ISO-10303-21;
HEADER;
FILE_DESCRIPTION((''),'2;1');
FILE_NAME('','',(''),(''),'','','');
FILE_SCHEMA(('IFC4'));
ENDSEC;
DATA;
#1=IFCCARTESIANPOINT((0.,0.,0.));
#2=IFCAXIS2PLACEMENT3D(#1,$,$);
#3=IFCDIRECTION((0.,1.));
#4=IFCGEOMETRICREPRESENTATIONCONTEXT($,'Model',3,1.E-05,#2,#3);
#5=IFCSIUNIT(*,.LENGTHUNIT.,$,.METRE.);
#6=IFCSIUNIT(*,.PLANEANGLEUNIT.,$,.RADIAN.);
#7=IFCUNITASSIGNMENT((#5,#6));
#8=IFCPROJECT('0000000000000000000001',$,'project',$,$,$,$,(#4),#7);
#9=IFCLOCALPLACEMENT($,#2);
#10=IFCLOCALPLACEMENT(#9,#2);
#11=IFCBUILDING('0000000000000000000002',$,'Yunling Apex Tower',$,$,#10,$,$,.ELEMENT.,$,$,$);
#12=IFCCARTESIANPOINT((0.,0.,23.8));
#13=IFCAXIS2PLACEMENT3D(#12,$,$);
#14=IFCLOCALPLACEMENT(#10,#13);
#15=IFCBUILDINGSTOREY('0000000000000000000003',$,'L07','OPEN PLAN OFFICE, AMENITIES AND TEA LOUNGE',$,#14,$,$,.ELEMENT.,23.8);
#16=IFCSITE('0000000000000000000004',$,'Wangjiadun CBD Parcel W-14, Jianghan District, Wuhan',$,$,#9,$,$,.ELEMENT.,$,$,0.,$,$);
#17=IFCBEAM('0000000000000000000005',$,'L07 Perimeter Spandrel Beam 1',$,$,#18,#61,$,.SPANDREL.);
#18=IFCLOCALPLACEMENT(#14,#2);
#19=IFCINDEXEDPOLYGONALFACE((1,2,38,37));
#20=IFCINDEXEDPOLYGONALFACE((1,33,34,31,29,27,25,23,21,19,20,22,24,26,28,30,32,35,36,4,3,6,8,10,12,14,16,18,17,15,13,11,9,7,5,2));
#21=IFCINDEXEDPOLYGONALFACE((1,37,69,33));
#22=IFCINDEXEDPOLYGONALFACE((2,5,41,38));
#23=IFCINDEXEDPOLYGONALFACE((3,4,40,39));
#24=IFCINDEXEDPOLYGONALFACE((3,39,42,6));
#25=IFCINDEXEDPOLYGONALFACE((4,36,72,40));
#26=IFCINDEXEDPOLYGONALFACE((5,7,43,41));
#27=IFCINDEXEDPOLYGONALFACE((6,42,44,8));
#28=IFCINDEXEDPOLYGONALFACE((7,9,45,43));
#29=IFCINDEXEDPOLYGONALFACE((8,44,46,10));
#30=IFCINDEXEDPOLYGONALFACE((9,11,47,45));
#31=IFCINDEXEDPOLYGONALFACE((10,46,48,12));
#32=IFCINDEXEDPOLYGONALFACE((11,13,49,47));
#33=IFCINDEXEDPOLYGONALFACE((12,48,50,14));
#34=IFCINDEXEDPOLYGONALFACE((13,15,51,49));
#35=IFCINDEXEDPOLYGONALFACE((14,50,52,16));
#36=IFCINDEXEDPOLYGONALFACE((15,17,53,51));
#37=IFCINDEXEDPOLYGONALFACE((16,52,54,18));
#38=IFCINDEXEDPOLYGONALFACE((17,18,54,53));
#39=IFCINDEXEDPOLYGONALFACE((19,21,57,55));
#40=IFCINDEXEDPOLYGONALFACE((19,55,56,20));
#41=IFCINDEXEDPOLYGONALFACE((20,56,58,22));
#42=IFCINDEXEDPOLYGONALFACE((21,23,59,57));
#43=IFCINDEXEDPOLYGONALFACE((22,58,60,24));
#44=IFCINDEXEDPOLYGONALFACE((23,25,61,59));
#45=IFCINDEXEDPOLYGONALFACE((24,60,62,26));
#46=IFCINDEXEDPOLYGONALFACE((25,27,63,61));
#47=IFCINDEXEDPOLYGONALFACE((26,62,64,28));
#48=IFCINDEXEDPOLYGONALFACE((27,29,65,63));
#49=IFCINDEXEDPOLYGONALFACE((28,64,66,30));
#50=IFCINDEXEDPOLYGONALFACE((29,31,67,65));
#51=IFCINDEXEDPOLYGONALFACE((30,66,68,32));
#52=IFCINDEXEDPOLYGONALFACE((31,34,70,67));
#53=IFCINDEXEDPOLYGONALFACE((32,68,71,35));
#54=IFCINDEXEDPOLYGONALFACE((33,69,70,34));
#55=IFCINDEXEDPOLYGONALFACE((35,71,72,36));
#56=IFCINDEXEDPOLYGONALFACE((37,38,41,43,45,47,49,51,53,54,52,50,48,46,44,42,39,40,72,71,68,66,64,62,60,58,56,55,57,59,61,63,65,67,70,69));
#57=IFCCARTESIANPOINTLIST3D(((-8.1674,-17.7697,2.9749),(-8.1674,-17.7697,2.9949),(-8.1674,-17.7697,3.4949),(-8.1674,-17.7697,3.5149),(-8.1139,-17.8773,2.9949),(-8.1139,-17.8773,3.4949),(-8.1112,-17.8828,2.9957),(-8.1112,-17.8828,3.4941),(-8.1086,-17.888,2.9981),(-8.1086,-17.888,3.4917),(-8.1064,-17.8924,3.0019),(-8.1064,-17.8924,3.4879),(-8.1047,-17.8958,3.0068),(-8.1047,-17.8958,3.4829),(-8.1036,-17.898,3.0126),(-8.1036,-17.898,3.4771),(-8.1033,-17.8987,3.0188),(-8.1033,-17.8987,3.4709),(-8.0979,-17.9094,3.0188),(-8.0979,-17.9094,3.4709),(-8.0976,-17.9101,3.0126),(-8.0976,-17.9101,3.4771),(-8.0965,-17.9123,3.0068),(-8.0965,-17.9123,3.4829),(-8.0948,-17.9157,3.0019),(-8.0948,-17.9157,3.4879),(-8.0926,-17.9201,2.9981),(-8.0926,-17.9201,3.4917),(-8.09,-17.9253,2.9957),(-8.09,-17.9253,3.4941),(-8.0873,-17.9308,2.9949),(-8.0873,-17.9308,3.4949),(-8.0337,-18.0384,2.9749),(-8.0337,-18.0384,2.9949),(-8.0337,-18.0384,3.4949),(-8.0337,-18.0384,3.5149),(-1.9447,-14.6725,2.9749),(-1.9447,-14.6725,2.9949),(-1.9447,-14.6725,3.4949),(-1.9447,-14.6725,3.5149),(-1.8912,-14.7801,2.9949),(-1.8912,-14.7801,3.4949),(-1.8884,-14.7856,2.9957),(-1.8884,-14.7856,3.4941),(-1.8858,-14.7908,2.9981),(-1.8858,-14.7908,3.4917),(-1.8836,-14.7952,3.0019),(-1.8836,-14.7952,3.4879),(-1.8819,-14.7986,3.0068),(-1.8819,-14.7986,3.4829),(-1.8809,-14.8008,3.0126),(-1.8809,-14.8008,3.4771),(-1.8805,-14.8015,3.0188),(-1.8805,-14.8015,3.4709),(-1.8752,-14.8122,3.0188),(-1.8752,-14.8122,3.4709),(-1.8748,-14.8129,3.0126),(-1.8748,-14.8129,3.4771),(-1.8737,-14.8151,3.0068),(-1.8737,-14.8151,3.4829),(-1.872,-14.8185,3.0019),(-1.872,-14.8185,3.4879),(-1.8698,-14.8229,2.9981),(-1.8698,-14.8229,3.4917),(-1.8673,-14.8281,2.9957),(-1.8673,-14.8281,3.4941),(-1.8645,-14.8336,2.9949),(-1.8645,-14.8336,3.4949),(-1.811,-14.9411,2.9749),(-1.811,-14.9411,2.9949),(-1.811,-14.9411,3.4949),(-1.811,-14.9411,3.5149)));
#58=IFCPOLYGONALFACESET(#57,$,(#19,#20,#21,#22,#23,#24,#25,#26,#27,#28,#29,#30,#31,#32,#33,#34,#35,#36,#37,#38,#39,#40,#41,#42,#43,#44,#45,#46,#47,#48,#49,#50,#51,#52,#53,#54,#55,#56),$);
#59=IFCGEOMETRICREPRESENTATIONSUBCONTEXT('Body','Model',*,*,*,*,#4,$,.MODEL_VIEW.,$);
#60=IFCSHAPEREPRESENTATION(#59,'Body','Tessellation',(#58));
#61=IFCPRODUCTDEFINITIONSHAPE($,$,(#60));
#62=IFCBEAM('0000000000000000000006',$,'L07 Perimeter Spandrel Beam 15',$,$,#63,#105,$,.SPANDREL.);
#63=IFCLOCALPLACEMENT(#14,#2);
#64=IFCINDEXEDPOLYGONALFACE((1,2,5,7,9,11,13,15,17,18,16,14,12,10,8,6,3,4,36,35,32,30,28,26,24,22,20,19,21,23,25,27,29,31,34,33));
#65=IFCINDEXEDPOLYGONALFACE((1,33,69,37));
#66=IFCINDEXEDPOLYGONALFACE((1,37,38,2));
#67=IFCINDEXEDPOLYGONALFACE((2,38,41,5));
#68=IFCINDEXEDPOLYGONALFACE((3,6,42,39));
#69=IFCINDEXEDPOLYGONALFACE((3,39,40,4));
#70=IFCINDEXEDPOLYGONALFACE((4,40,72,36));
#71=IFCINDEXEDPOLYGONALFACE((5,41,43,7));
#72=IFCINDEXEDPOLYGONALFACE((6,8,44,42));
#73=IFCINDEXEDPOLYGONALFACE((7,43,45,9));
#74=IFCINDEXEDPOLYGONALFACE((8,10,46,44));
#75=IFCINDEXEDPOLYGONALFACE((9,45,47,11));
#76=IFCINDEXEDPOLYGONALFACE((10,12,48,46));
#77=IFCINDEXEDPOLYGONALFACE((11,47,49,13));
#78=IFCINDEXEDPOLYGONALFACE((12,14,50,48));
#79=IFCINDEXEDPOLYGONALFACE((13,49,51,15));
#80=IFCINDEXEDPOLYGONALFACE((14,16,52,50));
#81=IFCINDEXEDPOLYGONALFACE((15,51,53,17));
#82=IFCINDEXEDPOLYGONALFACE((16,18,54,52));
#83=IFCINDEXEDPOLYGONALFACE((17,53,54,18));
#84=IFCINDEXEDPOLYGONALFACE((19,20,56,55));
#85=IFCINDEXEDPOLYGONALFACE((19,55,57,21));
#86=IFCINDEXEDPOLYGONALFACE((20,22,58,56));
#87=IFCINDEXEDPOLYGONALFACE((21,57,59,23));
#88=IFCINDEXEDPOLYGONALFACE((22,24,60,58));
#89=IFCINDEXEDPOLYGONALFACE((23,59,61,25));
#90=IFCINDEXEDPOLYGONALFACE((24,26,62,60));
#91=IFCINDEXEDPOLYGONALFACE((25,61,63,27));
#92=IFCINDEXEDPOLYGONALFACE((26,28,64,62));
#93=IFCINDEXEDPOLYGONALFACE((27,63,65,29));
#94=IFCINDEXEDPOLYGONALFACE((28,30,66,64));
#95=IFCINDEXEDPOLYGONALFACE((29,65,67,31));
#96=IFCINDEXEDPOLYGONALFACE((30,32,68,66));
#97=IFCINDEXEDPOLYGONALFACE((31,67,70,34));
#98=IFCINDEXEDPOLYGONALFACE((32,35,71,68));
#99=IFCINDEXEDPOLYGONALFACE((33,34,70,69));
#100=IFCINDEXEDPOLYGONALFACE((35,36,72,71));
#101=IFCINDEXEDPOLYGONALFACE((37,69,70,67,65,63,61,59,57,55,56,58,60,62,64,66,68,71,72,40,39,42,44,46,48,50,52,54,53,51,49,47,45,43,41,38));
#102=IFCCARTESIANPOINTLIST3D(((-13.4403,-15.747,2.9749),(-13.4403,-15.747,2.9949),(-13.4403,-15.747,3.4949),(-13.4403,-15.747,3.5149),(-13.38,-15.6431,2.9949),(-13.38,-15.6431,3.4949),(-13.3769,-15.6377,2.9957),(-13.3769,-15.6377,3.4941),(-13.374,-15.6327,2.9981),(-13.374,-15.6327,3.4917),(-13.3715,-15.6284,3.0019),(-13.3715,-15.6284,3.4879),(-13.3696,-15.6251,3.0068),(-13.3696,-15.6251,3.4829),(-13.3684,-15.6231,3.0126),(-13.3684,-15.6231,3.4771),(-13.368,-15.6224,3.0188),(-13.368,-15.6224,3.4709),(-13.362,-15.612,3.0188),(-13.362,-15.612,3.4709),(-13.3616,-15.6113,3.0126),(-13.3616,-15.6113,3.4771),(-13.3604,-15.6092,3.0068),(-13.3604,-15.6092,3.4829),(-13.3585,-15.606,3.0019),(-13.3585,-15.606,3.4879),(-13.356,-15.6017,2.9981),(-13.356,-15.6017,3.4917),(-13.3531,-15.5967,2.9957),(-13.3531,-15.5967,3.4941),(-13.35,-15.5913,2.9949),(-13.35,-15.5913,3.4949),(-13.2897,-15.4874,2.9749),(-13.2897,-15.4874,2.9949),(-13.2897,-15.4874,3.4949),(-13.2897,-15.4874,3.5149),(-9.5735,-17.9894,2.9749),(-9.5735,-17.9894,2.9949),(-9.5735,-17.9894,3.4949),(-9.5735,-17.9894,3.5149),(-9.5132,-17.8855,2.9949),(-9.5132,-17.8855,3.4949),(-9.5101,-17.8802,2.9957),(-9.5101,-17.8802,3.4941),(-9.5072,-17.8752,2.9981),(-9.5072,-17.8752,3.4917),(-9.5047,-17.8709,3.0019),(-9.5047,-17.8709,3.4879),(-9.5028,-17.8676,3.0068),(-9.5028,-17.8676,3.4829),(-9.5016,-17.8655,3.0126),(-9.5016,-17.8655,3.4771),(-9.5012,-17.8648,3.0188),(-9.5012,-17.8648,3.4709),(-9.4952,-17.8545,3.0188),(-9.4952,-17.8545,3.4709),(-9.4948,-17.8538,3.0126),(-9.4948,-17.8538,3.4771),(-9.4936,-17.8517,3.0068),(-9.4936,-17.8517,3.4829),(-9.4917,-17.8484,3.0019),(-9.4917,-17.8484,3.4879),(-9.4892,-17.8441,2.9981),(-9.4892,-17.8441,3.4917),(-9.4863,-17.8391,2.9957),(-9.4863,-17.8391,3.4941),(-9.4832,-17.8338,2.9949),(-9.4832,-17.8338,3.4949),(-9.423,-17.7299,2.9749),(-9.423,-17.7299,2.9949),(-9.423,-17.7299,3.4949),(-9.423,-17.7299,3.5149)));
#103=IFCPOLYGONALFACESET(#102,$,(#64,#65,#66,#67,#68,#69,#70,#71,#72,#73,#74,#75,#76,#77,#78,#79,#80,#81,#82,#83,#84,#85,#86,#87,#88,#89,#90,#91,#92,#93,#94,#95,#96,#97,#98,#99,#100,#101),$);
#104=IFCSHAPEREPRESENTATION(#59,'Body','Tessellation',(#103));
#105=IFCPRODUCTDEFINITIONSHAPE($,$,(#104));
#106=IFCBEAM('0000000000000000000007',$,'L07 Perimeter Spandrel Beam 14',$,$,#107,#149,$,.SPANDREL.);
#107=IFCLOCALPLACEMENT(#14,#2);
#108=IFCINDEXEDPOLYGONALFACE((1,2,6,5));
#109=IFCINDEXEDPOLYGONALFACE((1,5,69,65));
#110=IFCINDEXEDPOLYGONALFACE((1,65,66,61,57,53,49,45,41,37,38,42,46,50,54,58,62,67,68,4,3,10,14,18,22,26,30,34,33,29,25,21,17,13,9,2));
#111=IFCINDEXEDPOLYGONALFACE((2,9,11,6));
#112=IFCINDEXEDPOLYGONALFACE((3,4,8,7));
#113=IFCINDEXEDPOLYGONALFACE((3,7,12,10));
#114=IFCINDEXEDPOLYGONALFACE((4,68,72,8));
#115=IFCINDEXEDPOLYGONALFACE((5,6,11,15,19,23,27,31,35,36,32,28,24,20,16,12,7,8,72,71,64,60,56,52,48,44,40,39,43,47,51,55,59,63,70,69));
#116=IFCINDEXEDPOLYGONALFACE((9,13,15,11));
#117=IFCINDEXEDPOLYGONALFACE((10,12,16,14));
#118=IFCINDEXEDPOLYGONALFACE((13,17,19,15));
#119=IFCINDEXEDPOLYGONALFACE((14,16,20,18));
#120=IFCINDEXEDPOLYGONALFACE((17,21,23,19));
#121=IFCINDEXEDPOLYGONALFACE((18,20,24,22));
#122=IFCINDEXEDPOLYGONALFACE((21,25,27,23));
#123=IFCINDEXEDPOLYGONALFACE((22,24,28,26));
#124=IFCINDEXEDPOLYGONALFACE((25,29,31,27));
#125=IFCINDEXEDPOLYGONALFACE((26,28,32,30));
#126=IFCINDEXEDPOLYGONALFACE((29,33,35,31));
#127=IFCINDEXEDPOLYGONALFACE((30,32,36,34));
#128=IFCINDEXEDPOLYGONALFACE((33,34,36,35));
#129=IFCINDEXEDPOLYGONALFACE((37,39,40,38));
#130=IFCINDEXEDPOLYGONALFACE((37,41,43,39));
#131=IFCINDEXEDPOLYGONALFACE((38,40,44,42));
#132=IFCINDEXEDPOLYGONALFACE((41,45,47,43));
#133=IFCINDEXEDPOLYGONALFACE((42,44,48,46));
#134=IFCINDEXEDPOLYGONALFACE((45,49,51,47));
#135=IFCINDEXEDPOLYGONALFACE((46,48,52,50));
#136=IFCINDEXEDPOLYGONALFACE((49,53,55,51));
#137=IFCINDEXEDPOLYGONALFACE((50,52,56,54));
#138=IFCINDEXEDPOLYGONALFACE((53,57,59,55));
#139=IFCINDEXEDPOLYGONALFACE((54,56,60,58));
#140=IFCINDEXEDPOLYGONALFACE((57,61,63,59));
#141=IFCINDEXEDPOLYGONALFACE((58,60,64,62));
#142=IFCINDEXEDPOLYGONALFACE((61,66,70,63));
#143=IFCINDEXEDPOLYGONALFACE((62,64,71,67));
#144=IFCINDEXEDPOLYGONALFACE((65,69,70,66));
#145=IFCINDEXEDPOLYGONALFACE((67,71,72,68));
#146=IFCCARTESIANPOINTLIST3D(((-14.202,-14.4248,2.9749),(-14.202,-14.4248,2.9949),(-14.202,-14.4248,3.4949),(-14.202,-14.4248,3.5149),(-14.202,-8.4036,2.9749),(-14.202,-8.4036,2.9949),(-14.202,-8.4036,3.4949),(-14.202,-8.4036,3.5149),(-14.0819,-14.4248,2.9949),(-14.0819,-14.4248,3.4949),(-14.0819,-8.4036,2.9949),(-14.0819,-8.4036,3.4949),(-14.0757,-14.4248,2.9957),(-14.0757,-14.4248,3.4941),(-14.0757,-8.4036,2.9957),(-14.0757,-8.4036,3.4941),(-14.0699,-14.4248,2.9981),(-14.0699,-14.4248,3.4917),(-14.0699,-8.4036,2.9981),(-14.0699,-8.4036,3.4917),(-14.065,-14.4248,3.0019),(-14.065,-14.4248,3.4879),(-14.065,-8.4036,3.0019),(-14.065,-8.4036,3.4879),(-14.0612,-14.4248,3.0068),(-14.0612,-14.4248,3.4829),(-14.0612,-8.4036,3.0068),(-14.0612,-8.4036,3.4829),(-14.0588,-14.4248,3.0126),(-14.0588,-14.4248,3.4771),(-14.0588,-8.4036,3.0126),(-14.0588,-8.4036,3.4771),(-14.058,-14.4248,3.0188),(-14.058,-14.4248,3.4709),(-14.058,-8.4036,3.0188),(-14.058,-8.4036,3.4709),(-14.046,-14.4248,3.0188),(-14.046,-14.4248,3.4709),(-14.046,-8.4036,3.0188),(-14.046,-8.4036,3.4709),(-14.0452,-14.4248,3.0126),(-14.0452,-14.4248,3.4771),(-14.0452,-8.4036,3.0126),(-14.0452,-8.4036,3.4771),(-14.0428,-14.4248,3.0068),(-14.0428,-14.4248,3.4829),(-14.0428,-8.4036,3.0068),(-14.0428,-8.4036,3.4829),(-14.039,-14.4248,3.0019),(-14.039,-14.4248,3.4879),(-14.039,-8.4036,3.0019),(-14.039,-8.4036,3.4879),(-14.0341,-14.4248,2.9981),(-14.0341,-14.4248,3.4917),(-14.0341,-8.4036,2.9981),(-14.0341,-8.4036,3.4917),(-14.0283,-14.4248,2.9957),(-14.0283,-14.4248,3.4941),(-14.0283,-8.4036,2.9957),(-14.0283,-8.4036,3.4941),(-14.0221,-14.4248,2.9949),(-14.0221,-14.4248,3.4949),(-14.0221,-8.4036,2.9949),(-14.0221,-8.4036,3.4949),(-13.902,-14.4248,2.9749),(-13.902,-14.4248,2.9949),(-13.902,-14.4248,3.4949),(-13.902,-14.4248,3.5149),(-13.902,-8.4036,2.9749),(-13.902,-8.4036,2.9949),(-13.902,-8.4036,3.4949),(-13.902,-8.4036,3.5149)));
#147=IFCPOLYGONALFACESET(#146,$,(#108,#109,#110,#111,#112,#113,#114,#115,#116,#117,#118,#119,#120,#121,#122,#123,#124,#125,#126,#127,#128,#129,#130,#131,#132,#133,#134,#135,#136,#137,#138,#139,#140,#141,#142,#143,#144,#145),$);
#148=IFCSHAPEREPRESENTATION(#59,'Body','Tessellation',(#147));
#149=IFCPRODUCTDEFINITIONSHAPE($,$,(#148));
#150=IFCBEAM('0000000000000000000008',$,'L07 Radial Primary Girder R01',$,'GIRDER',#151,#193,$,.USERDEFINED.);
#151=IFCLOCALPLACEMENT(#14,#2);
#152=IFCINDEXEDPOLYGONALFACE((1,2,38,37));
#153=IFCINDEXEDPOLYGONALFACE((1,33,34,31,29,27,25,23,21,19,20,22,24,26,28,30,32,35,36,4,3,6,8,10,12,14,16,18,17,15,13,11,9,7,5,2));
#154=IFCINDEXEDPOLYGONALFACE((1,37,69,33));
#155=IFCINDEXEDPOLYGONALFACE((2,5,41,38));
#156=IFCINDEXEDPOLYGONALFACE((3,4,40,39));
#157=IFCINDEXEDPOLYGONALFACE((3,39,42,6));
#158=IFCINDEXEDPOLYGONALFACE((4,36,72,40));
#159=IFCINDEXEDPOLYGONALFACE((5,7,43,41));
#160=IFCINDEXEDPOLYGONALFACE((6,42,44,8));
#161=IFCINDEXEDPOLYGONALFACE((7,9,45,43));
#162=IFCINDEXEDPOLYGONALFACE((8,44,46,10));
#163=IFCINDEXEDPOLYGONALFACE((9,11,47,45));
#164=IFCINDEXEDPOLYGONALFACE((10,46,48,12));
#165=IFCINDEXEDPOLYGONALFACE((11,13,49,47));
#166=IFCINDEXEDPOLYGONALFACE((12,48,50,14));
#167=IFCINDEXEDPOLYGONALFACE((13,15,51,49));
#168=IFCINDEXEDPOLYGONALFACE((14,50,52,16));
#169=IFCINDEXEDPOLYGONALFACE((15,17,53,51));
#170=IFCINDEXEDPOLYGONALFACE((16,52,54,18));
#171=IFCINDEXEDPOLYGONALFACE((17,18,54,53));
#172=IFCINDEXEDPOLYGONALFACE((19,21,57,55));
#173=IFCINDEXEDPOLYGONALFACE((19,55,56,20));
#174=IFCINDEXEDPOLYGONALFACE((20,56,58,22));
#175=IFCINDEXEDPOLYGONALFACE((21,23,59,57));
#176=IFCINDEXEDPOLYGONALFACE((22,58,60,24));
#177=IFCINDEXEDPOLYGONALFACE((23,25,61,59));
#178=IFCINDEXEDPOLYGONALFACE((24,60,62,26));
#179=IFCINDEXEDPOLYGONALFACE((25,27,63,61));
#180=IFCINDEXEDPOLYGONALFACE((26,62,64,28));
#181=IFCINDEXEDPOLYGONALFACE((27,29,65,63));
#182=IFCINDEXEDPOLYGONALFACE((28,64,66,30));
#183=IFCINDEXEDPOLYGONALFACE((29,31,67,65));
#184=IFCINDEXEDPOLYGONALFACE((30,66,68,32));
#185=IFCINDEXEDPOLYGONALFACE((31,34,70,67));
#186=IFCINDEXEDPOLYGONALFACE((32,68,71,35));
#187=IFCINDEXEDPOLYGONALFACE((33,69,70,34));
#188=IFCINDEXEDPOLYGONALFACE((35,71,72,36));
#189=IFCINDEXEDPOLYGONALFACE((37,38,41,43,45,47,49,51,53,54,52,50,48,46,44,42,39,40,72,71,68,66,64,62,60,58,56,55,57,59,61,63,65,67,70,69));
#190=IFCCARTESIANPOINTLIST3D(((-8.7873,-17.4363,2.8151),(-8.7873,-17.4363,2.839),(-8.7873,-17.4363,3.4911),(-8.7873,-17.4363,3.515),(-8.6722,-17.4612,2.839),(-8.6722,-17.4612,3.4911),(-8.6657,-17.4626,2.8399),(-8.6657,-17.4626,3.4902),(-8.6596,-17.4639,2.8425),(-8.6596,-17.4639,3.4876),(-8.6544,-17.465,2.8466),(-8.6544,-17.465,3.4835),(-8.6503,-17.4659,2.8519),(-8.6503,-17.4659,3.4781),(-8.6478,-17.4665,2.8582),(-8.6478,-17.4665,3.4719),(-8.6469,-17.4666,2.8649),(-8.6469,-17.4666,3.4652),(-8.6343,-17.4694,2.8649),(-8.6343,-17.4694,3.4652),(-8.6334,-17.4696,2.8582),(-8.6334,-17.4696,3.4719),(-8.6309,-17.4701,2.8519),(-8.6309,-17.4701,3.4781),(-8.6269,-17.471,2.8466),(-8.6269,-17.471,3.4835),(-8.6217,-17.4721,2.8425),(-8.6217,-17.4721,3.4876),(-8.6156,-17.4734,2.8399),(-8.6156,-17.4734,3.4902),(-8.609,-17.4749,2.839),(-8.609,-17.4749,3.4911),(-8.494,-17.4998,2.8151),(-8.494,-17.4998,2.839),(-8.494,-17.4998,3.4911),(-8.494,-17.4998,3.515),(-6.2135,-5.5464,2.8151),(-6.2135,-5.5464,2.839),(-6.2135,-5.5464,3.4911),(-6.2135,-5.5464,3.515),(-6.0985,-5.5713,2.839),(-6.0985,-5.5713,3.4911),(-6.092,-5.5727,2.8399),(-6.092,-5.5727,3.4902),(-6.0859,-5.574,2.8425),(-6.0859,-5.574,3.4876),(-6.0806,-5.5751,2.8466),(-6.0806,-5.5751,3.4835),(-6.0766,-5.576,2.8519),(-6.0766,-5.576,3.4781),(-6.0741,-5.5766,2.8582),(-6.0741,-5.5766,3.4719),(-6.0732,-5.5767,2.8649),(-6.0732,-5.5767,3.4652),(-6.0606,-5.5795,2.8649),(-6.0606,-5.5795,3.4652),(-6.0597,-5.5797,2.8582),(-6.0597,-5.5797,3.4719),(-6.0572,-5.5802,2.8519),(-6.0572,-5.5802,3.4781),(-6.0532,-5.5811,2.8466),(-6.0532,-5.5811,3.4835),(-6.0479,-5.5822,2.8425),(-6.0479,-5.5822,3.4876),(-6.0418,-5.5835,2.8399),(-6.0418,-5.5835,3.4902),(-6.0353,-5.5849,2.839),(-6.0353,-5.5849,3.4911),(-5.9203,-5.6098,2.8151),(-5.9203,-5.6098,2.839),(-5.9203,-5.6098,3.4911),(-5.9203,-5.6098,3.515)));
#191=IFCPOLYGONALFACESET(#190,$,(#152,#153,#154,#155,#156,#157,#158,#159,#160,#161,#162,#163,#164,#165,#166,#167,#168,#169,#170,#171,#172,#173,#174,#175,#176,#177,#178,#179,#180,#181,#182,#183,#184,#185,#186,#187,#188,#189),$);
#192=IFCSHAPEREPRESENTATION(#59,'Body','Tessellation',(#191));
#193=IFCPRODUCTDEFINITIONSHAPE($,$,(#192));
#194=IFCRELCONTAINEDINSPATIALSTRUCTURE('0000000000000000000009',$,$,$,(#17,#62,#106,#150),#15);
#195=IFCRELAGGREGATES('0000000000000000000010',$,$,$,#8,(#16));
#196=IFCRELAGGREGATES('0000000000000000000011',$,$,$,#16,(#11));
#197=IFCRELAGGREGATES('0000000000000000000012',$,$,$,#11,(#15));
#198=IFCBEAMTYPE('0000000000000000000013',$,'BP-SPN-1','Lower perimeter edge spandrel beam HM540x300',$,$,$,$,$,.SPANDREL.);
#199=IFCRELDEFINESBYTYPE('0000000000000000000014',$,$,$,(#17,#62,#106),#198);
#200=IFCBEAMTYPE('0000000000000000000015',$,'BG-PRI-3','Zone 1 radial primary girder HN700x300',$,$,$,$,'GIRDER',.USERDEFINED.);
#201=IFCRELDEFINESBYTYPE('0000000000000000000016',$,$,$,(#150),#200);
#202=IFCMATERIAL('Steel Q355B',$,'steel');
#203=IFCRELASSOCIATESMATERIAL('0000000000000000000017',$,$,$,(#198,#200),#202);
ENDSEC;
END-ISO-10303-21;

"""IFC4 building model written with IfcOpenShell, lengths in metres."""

from ifc_helpers import new_model, si_unit, direction, frame, origin, origin_2d, place, context, subcontext, project, spatial, i_section, extrude, source, transform, mapped, material, material_profile, profile_set, type_object, element, save


model = new_model("IFC4")

# Units and contexts
model_context = context("Model", 3, precision=1e-05, world=origin(), true_north=direction((0.0, 1.0)))
body_context = subcontext(model_context, "Body", "Model", "MODEL_VIEW")
ifc_project = project(units=[si_unit("LENGTHUNIT", "METRE"), si_unit("PLANEANGLEUNIT", "RADIAN")], contexts=[model_context])

# Site, building, storey
site_placement = place(None, origin())
site = spatial("IfcSite", under=ifc_project, at=site_placement, Name="Wangjiadun CBD Parcel W-14, Jianghan District, Wuhan", CompositionType="ELEMENT", RefElevation=0.0)
building_placement = place(site_placement, origin())
building = spatial("IfcBuilding", under=site, at=building_placement, Name="Yunling Apex Tower", CompositionType="ELEMENT")
storey_placement = place(building_placement, frame((0.0, 0.0, 23.8)))
storey = spatial("IfcBuildingStorey", under=building, at=storey_placement, Name="L07", Description="OPEN PLAN OFFICE, AMENITIES AND TEA LOUNGE", CompositionType="ELEMENT", Elevation=23.8)

# Beams
ifc_material_1 = material(Name="Steel Q355B", Category="steel")
ifc_material_profile_1 = material_profile(ifc_material_1, i_section(OverallWidth=0.3, OverallDepth=0.54, WebThickness=0.012, FlangeThickness=0.02, FilletRadius=0.0239, at=origin_2d()))
ifc_profile_set_1 = profile_set([ifc_material_profile_1], Name="Steel Q355B")
beam_type_1 = type_object("IfcBeamType", Name="BP-SPN-1", Description="Lower perimeter edge spandrel beam HM540x300", PredefinedType="SPANDREL", material=ifc_profile_set_1)
shared_shape_1 = source(origin(), body_context, "Body", "SweptSolid", [
    extrude(i_section(OverallWidth=0.3, OverallDepth=0.54, WebThickness=0.012, FlangeThickness=0.02, FilletRadius=0.0239, at=origin_2d()), origin(), (0.0, 0.0, 1.0), 6.9509),
])
beam_1_placement = place(storey_placement, frame((-8.1006, -17.9041, 3.2449), z_axis=(0.895241, 0.445583, 0.0), x_axis=(-0.445583, 0.895241, 0.0)))
element("IfcBeam", 1, at=beam_1_placement, inside=storey, type_object=beam_type_1, Name="L07 Perimeter Spandrel Beam 1", PredefinedType="SPANDREL", context=body_context, shape_type="MappedRepresentation", body=[
    mapped(shared_shape_1, transform((0.0, 0.0, 0.0), scale=1.0)),
])
shared_shape_2 = source(origin(), body_context, "Body", "SweptSolid", [
    extrude(i_section(OverallWidth=0.3, OverallDepth=0.54, WebThickness=0.012, FlangeThickness=0.02, FilletRadius=0.0239, at=origin_2d()), origin(), (0.0, 0.0, 1.0), 4.47),
])
beam_2_placement = place(storey_placement, frame((-13.365, -15.6172, 3.2449), z_axis=(0.865056, -0.501676, 0.0), x_axis=(0.501676, 0.865056, 0.0)))
element("IfcBeam", 2, at=beam_2_placement, inside=storey, type_object=beam_type_1, Name="L07 Perimeter Spandrel Beam 15", PredefinedType="SPANDREL", context=body_context, shape_type="MappedRepresentation", body=[
    mapped(shared_shape_2, transform((0.0, 0.0, 0.0), scale=1.0)),
])
shared_shape_3 = source(origin(), body_context, "Body", "SweptSolid", [
    extrude(i_section(OverallWidth=0.3, OverallDepth=0.54, WebThickness=0.012, FlangeThickness=0.02, FilletRadius=0.0239, at=origin_2d()), origin(), (0.0, 0.0, 1.0), 6.0212),
])
beam_3_placement = place(storey_placement, frame((-14.052, -8.4036, 3.2449), z_axis=(0.0, -1.0, 0.0), x_axis=(1.0, 0.0, 0.0)))
element("IfcBeam", 3, at=beam_3_placement, inside=storey, type_object=beam_type_1, Name="L07 Perimeter Spandrel Beam 14", PredefinedType="SPANDREL", context=body_context, shape_type="MappedRepresentation", body=[
    mapped(shared_shape_3, transform((0.0, 0.0, 0.0), scale=1.0)),
])
ifc_material_profile_2 = material_profile(ifc_material_1, i_section(OverallWidth=0.3, OverallDepth=0.7, WebThickness=0.0129, FlangeThickness=0.0239, FilletRadius=0.0259, at=origin_2d()))
ifc_profile_set_2 = profile_set([ifc_material_profile_2], Name="Steel Q355B")
beam_type_2 = type_object("IfcBeamType", Name="BG-PRI-3", Description="Zone 1 radial primary girder HN700x300", ElementType="GIRDER", PredefinedType="USERDEFINED", material=ifc_profile_set_2)
shared_shape_4 = source(origin(), body_context, "Body", "SweptSolid", [
    extrude(i_section(OverallWidth=0.3, OverallDepth=0.7, WebThickness=0.0129, FlangeThickness=0.0239, FilletRadius=0.0259, at=origin_2d()), origin(), (0.0, 0.0, 1.0), 12.1653),
])
beam_4_placement = place(storey_placement, frame((-8.6406, -17.468, 3.165), z_axis=(0.211564, 0.977364, 0.0), x_axis=(-0.977364, 0.211564, 0.0)))
element("IfcBeam", 4, at=beam_4_placement, inside=storey, type_object=beam_type_2, Name="L07 Radial Primary Girder R01", ObjectType="GIRDER", PredefinedType="USERDEFINED", context=body_context, shape_type="MappedRepresentation", body=[
    mapped(shared_shape_4, transform((0.0, 0.0, 0.0), scale=1.0)),
])

save(model, "model.ifc")
